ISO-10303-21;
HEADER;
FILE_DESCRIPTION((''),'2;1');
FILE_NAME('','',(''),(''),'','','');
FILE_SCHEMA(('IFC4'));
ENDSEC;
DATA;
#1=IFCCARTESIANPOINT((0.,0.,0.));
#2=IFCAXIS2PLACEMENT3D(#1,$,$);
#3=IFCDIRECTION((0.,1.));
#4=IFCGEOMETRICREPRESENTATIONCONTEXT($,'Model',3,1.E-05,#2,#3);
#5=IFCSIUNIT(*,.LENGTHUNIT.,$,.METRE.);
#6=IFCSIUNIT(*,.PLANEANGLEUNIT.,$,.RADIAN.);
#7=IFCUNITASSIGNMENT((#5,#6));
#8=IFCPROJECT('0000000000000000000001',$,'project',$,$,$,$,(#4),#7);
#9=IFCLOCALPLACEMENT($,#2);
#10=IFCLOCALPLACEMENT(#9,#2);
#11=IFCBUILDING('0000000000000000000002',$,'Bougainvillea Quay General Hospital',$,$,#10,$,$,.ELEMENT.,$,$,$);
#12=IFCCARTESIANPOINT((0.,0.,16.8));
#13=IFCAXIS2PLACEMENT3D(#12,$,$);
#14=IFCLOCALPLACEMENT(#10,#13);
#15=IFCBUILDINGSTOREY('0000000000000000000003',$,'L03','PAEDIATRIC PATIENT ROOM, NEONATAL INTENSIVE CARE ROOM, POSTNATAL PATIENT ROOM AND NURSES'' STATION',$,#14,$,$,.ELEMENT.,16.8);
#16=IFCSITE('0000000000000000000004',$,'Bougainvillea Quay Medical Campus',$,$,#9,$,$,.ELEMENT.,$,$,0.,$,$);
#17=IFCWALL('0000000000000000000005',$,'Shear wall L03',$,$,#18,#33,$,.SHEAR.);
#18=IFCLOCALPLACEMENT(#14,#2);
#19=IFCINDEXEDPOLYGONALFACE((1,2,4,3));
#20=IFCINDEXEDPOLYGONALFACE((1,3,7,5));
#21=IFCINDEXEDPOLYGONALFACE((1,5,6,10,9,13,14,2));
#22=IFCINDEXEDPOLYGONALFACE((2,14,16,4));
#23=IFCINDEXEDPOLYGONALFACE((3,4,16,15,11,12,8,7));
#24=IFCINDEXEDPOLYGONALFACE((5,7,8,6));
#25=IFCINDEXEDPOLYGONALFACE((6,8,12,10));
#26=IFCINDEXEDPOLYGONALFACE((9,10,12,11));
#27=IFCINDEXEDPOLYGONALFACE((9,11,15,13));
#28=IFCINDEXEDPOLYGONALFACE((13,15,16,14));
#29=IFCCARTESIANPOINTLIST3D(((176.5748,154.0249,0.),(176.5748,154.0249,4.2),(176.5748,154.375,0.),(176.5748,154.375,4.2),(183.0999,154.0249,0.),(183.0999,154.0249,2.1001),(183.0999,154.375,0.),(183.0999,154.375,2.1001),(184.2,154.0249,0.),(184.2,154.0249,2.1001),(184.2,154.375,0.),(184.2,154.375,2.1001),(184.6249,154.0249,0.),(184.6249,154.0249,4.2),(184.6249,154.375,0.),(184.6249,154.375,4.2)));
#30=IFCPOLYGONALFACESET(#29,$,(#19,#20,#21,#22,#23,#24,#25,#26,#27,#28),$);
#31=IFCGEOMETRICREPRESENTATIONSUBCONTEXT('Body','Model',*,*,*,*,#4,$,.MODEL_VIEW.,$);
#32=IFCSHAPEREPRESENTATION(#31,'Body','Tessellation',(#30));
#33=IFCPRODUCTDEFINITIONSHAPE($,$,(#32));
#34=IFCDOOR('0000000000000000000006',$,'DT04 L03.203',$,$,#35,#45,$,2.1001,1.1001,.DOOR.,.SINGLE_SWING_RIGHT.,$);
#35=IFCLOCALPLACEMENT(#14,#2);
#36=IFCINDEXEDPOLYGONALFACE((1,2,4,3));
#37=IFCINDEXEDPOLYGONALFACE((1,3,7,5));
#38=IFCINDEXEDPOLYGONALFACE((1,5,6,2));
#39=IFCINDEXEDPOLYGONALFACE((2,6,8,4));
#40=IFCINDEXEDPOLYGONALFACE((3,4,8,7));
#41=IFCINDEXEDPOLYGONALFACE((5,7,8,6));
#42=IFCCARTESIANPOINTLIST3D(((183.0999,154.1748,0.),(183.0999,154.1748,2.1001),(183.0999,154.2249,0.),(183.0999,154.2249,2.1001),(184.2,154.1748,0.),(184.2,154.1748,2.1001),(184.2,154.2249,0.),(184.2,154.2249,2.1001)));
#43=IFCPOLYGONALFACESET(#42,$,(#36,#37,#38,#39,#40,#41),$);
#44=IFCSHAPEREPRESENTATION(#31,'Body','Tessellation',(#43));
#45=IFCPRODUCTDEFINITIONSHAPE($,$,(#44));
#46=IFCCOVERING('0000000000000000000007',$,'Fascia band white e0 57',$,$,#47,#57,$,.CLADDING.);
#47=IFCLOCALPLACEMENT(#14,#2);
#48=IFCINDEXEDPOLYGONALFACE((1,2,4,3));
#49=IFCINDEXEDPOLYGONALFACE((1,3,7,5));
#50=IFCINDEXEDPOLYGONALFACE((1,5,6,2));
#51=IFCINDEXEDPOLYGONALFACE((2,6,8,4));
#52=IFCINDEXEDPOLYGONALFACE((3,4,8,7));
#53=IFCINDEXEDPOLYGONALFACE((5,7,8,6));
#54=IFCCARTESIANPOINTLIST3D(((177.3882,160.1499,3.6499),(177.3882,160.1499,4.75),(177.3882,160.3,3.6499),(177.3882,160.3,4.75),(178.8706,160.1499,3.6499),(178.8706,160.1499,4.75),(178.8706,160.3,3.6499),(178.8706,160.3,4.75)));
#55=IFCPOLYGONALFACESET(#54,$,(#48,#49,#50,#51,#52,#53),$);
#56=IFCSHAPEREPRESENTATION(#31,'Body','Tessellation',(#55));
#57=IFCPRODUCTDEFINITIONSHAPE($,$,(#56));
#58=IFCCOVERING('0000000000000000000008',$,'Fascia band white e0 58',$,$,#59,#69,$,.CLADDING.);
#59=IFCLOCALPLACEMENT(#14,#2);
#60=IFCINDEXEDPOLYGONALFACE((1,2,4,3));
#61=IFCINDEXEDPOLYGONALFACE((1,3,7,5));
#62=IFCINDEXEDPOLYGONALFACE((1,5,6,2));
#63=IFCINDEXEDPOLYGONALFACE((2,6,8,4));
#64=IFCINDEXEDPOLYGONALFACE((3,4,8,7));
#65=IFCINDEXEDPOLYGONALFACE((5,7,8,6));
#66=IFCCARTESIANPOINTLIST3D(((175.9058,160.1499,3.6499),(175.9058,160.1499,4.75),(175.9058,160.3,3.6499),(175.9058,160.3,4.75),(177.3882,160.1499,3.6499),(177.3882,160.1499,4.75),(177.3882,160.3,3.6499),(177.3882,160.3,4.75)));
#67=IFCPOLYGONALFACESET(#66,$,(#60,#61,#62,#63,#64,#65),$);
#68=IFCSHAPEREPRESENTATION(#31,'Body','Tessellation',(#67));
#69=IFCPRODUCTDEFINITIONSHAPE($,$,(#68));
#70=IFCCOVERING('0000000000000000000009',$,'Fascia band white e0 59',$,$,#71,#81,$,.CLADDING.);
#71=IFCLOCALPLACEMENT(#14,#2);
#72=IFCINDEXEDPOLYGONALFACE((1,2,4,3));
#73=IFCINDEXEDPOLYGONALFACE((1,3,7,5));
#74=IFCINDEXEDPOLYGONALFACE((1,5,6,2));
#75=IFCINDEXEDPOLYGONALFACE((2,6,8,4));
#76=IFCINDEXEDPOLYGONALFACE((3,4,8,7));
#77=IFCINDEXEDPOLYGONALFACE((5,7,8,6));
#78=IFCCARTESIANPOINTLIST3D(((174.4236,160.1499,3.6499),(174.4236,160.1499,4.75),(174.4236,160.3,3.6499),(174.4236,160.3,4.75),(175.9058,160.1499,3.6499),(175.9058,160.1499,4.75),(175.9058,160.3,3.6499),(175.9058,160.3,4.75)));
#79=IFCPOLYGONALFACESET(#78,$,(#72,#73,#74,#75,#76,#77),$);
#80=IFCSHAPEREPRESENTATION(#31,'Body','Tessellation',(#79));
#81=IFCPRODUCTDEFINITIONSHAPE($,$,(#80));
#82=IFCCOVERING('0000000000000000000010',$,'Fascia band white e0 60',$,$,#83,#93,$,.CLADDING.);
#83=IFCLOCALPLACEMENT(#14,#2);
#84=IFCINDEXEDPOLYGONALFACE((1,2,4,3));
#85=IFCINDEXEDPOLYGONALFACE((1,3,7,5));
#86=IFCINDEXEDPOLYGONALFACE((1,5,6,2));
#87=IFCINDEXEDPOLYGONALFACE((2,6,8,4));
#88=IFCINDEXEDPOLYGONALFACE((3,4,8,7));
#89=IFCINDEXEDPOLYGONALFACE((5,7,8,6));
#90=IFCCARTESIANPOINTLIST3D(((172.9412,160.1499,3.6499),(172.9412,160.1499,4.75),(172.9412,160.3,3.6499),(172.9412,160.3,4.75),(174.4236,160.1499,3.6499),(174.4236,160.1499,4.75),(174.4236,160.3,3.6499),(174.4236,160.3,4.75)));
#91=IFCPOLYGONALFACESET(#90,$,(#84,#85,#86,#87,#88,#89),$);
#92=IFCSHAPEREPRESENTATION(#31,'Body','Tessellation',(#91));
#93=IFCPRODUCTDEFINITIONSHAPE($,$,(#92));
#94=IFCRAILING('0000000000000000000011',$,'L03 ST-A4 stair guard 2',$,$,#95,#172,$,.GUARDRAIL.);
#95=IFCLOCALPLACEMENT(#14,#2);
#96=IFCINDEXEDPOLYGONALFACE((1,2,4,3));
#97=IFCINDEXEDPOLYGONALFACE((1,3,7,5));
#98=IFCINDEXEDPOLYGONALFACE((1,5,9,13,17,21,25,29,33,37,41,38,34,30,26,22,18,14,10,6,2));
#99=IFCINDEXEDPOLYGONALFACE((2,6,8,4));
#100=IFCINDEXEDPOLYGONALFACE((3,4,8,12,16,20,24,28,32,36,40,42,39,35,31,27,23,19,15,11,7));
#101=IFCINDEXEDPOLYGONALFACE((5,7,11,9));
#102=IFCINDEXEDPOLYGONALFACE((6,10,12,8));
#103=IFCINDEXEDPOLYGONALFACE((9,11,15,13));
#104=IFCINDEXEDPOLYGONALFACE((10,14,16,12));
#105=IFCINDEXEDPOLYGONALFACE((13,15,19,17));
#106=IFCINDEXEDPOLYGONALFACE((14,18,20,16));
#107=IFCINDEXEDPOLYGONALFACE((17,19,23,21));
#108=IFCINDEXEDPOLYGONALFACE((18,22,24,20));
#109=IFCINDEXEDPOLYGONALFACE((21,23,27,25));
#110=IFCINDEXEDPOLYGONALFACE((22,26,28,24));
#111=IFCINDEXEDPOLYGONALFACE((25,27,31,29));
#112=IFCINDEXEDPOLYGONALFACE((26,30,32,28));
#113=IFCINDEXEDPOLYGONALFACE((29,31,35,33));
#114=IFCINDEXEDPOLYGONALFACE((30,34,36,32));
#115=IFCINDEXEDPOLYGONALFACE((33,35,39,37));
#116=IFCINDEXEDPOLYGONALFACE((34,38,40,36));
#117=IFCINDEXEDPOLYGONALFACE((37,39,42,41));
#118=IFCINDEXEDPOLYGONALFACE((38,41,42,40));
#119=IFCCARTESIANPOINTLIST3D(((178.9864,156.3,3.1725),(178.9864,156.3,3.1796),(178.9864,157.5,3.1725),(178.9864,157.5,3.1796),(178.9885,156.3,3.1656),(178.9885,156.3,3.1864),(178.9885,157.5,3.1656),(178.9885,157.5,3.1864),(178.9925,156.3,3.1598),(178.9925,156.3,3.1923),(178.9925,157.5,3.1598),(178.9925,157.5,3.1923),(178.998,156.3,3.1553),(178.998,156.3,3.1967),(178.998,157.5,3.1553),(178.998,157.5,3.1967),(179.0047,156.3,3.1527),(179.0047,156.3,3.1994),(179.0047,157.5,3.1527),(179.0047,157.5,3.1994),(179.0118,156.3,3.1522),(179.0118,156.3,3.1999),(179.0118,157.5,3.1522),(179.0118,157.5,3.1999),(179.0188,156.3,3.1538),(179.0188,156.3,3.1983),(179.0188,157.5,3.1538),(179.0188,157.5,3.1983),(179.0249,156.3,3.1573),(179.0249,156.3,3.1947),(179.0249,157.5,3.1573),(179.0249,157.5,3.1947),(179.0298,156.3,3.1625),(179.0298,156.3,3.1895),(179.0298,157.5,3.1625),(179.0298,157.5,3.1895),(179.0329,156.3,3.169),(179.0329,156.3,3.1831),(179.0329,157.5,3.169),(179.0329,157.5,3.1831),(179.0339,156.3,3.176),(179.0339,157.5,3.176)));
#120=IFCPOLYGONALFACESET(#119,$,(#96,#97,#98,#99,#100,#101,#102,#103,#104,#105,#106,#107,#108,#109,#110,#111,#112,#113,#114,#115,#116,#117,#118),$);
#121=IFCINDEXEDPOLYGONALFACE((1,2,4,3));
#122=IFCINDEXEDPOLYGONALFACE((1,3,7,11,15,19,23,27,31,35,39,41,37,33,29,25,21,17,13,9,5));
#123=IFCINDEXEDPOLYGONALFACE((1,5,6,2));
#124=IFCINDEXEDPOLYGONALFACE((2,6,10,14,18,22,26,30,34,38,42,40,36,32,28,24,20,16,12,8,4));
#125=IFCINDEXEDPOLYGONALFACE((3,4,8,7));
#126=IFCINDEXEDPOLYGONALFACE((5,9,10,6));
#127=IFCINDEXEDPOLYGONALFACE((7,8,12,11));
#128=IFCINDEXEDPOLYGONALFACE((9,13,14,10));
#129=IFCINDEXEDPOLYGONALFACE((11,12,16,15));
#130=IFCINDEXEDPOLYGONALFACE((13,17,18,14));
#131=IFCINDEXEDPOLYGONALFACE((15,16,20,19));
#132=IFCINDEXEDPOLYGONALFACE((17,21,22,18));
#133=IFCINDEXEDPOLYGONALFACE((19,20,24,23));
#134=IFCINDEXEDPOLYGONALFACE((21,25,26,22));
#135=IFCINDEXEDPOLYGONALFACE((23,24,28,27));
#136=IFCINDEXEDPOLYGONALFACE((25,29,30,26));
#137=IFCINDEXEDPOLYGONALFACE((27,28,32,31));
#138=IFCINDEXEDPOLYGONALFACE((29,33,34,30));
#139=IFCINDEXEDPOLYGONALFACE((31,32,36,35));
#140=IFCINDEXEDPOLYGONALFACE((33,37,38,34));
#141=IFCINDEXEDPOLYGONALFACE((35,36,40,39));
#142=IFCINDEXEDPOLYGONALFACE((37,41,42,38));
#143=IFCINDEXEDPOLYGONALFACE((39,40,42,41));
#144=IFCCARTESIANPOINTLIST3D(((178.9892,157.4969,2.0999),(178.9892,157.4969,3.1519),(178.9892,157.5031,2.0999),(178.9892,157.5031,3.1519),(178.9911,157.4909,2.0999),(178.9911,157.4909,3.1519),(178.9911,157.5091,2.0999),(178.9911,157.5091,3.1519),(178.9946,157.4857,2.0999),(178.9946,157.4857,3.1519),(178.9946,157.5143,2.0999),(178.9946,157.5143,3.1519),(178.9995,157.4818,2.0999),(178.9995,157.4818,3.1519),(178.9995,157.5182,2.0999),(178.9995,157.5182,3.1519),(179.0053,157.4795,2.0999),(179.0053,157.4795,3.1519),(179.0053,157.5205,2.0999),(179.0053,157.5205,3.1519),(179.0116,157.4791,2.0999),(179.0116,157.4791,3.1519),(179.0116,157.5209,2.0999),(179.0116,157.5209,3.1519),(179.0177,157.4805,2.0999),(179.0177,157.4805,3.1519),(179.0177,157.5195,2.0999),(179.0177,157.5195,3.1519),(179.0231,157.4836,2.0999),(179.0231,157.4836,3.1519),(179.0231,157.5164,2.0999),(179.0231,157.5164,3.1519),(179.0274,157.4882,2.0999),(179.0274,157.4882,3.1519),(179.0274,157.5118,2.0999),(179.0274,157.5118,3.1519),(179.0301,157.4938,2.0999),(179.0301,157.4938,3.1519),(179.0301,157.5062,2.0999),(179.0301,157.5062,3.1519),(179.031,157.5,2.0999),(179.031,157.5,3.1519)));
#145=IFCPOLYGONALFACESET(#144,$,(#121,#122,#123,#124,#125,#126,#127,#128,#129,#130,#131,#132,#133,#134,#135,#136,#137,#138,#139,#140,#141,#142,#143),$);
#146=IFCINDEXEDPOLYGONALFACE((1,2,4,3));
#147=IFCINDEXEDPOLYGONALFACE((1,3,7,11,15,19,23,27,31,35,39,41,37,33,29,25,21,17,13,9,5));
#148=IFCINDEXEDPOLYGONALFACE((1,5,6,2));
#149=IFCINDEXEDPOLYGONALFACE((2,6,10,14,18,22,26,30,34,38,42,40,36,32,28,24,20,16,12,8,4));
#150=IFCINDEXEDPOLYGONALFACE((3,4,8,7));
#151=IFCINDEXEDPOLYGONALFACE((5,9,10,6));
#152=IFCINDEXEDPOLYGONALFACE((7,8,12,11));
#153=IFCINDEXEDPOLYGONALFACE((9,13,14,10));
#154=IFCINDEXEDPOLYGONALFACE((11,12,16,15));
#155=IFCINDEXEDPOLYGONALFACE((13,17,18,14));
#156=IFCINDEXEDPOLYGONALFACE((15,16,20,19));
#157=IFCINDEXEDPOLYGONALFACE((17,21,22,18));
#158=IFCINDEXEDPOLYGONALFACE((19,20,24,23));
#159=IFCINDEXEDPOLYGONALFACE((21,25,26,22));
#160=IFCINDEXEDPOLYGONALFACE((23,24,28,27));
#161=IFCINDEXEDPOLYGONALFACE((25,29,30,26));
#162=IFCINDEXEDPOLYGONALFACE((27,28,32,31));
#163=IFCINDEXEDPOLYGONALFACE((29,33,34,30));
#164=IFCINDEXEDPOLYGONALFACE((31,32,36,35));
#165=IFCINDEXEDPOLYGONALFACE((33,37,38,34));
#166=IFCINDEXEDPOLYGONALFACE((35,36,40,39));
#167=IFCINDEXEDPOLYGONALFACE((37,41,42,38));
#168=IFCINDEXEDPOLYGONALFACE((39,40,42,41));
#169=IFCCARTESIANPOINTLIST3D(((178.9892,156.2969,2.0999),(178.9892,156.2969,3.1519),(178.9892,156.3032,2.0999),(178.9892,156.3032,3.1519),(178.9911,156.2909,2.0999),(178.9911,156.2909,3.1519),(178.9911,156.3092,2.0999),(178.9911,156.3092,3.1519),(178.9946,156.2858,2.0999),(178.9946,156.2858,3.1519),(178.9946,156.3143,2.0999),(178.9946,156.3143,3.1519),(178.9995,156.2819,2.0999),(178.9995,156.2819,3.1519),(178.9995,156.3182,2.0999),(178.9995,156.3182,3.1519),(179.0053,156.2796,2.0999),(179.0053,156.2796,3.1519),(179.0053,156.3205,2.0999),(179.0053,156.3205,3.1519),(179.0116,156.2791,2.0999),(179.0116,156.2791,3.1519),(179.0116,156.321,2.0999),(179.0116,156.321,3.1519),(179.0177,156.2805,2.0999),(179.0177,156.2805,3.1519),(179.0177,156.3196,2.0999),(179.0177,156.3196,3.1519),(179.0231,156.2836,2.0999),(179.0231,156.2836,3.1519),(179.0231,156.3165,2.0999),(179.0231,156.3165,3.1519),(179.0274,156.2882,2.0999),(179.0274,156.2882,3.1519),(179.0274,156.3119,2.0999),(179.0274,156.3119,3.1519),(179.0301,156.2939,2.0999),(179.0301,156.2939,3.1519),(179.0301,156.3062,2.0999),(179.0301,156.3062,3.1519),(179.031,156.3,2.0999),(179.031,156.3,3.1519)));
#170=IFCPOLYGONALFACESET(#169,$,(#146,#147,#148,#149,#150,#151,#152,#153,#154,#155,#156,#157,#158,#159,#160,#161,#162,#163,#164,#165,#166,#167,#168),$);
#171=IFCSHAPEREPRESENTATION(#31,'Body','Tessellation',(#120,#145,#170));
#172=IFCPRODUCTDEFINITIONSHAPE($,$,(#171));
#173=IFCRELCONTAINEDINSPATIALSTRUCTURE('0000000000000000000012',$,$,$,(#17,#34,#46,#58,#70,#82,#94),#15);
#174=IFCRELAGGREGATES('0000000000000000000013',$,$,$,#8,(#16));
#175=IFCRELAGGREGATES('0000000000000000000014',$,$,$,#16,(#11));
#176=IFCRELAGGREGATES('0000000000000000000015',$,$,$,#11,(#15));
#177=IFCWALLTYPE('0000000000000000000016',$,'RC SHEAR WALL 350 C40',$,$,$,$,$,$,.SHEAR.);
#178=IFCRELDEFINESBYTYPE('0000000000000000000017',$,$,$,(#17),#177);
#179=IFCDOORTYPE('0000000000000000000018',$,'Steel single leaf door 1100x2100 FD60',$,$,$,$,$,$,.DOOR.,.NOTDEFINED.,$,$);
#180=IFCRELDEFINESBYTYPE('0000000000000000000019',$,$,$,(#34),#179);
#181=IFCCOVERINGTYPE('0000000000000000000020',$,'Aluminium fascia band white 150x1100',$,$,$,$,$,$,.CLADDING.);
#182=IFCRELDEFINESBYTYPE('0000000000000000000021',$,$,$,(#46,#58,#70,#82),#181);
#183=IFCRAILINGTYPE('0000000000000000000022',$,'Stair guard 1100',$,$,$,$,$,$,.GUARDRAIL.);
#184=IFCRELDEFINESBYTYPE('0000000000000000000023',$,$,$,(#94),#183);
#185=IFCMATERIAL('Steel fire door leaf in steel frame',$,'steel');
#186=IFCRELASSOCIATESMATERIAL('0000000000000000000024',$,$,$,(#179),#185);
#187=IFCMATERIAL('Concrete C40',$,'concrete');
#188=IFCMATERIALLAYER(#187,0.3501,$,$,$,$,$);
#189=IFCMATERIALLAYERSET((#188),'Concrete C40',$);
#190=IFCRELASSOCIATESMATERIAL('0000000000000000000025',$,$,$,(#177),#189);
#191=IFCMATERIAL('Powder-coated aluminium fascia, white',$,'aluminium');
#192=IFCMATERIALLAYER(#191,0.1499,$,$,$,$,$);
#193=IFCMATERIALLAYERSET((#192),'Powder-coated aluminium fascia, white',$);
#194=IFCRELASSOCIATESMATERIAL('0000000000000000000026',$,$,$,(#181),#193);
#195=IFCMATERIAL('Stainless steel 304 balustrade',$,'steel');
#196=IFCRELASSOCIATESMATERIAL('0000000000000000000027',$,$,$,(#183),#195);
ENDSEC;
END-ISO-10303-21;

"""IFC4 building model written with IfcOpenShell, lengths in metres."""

from ifc_helpers import new_model, si_unit, direction, frame, frame_2d, origin, origin_2d, place, context, subcontext, project, spatial, polyline, rectangle, circle, outline, extrude, material, layer, layer_set, type_object, element, fill, save


model = new_model("IFC4")

# Units and contexts
model_context = context("Model", 3, precision=1e-05, world=origin(), true_north=direction((0.0, 1.0)))
body_context = subcontext(model_context, "Body", "Model", "MODEL_VIEW")
ifc_project = project(units=[si_unit("LENGTHUNIT", "METRE"), si_unit("PLANEANGLEUNIT", "RADIAN")], contexts=[model_context])

# Site, building, storey
site_placement = place(None, origin())
site = spatial("IfcSite", under=ifc_project, at=site_placement, Name="Bougainvillea Quay Medical Campus", CompositionType="ELEMENT", RefElevation=0.0)
building_placement = place(site_placement, origin())
building = spatial("IfcBuilding", under=site, at=building_placement, Name="Bougainvillea Quay General Hospital", CompositionType="ELEMENT")
storey_placement = place(building_placement, frame((0.0, 0.0, 16.8)))
storey = spatial("IfcBuildingStorey", under=building, at=storey_placement, Name="L03", Description="PAEDIATRIC PATIENT ROOM, NEONATAL INTENSIVE CARE ROOM, POSTNATAL PATIENT ROOM AND NURSES' STATION", CompositionType="ELEMENT", Elevation=16.8)

# Shared definitions
ifc_material_1 = material(Name="Concrete C40", Category="concrete")

# Shared definitions
ifc_material_2 = material(Name="Steel fire door leaf in steel frame", Category="steel")
door_type = type_object("IfcDoorType", Name="Steel single leaf door 1100x2100 FD60", OperationType="NOTDEFINED", PredefinedType="DOOR", material=ifc_material_2)

# Shared definitions
ifc_layer_1 = layer(ifc_material_1, 0.3501)
ifc_layer_set_1 = layer_set([ifc_layer_1], Name="Concrete C40")
wall_type_1 = type_object("IfcWallType", Name="RC SHEAR WALL 350 C40", PredefinedType="SHEAR", material=ifc_layer_set_1)

# Wall, opening, door
wall_1_placement = place(storey_placement, frame((176.575, 154.2, 0.0), z_axis=(0.0, 0.0, 1.0), x_axis=(1.0, 0.0, 0.0)))
wall_1 = element("IfcWall", 1, at=wall_1_placement, inside=storey, type_object=wall_type_1, Name="Shear wall L03", PredefinedType="SHEAR", context=body_context, shape_type="SweptSolid", body=[
    extrude(rectangle(XDim=8.05, YDim=0.3501, at=frame_2d((4.0249, 0.0))), origin(), (0.0, 0.0, 1.0), 4.2),
])
opening_1_placement = place(wall_1_placement, frame((6.5249, 0.0, 0.0)))
opening_1 = element("IfcOpeningElement", 2, at=opening_1_placement, cuts=wall_1, PredefinedType="OPENING", context=body_context, shape_type="SweptSolid", body=[
    extrude(rectangle(XDim=1.1001, YDim=2.1001, at=frame_2d((0.55, 1.05))), frame((0.0, 0.1851, 0.0), z_axis=(0.0, -1.0, 0.0), x_axis=(1.0, 0.0, 0.0)), (0.0, 0.0, 1.0), 0.3701),
])
door_1_placement = place(opening_1_placement, origin())
door_1 = element("IfcDoor", 3, at=door_1_placement, inside=storey, type_object=door_type, Name="DT04 L03.203", OperationType="SINGLE_SWING_RIGHT", OverallHeight=2.1001, OverallWidth=1.1001, PredefinedType="DOOR", context=body_context, shape_type="SweptSolid", body=[
    extrude(rectangle(XDim=1.1001, YDim=2.1001, at=frame_2d((0.55, 1.05))), frame((0.0, 0.0249, 0.0), z_axis=(0.0, -1.0, 0.0), x_axis=(1.0, 0.0, 0.0)), (0.0, 0.0, 1.0), 0.05),
])
fill(opening_1, door_1)

# Coverings
ifc_material_3 = material(Name="Powder-coated aluminium fascia, white", Category="aluminium")
ifc_layer_2 = layer(ifc_material_3, 0.1499)
ifc_layer_set_2 = layer_set([ifc_layer_2], Name="Powder-coated aluminium fascia, white")
covering_type = type_object("IfcCoveringType", Name="Aluminium fascia band white 150x1100", PredefinedType="CLADDING", material=ifc_layer_set_2)
for number, where, z_axis, x_axis, name in (
    (4, (178.8706, 160.1499, 3.6499), (0.0, 0.0, 1.0), (-1.0, 0.0, 0.0), "Fascia band white e0 57"),
    (5, (177.3882, 160.1499, 3.6499), (0.0, 0.0, 1.0), (-1.0, 0.0, 0.0), "Fascia band white e0 58"),
):
    element("IfcCovering", number, at=place(storey_placement, frame(where, z_axis=z_axis, x_axis=x_axis)), inside=storey, type_object=covering_type, Name=name, PredefinedType="CLADDING", context=body_context, shape_type="SweptSolid", body=[
        extrude(outline(polyline([(0.0, 0.0), (1.4824, 0.0), (1.4824, -0.1501), (0.0, -0.1501), (0.0, 0.0)])), origin(), (0.0, 0.0, 1.0), 1.1001),
    ])
covering_1_placement = place(storey_placement, frame((175.9058, 160.1499, 3.6499), z_axis=(0.0, 0.0, 1.0), x_axis=(-1.0, 0.0, 0.0)))
element("IfcCovering", 6, at=covering_1_placement, inside=storey, type_object=covering_type, Name="Fascia band white e0 59", PredefinedType="CLADDING", context=body_context, shape_type="SweptSolid", body=[
    extrude(outline(polyline([(0.0, 0.0), (1.4822, 0.0), (1.4822, -0.1501), (0.0, -0.1501), (0.0, 0.0)])), origin(), (0.0, 0.0, 1.0), 1.1001),
])
covering_2_placement = place(storey_placement, frame((174.4236, 160.1499, 3.6499), z_axis=(0.0, 0.0, 1.0), x_axis=(-1.0, 0.0, 0.0)))
element("IfcCovering", 7, at=covering_2_placement, inside=storey, type_object=covering_type, Name="Fascia band white e0 60", PredefinedType="CLADDING", context=body_context, shape_type="SweptSolid", body=[
    extrude(outline(polyline([(0.0, 0.0), (1.4824, 0.0), (1.4824, -0.1501), (0.0, -0.1501), (0.0, 0.0)])), origin(), (0.0, 0.0, 1.0), 1.1001),
])

# Railing
ifc_material_4 = material(Name="Stainless steel 304 balustrade", Category="steel")
railing_type_1 = type_object("IfcRailingType", Name="Stair guard 1100", PredefinedType="GUARDRAIL", material=ifc_material_4)
railing_1_placement = place(storey_placement, frame((179.01, 157.5, 2.0999)))
element("IfcRailing", 8, at=railing_1_placement, inside=storey, type_object=railing_type_1, Name="L03 ST-A4 stair guard 2", PredefinedType="GUARDRAIL", context=body_context, shape_type="SweptSolid", body=[
    extrude(circle(Radius=0.0239, at=origin_2d()), frame((0.0, 0.0, 1.0762), z_axis=(0.0, -1.0, 0.0), x_axis=(1.0, 0.0, 0.0)), (0.0, 0.0, 1.0), 1.2),
    extrude(circle(Radius=0.021, at=origin_2d()), origin(), (0.0, 0.0, 1.0), 1.052),
    extrude(circle(Radius=0.021, at=origin_2d()), frame((0.0, -1.2, 0.0)), (0.0, 0.0, 1.0), 1.052),
])

save(model, "model.ifc")
